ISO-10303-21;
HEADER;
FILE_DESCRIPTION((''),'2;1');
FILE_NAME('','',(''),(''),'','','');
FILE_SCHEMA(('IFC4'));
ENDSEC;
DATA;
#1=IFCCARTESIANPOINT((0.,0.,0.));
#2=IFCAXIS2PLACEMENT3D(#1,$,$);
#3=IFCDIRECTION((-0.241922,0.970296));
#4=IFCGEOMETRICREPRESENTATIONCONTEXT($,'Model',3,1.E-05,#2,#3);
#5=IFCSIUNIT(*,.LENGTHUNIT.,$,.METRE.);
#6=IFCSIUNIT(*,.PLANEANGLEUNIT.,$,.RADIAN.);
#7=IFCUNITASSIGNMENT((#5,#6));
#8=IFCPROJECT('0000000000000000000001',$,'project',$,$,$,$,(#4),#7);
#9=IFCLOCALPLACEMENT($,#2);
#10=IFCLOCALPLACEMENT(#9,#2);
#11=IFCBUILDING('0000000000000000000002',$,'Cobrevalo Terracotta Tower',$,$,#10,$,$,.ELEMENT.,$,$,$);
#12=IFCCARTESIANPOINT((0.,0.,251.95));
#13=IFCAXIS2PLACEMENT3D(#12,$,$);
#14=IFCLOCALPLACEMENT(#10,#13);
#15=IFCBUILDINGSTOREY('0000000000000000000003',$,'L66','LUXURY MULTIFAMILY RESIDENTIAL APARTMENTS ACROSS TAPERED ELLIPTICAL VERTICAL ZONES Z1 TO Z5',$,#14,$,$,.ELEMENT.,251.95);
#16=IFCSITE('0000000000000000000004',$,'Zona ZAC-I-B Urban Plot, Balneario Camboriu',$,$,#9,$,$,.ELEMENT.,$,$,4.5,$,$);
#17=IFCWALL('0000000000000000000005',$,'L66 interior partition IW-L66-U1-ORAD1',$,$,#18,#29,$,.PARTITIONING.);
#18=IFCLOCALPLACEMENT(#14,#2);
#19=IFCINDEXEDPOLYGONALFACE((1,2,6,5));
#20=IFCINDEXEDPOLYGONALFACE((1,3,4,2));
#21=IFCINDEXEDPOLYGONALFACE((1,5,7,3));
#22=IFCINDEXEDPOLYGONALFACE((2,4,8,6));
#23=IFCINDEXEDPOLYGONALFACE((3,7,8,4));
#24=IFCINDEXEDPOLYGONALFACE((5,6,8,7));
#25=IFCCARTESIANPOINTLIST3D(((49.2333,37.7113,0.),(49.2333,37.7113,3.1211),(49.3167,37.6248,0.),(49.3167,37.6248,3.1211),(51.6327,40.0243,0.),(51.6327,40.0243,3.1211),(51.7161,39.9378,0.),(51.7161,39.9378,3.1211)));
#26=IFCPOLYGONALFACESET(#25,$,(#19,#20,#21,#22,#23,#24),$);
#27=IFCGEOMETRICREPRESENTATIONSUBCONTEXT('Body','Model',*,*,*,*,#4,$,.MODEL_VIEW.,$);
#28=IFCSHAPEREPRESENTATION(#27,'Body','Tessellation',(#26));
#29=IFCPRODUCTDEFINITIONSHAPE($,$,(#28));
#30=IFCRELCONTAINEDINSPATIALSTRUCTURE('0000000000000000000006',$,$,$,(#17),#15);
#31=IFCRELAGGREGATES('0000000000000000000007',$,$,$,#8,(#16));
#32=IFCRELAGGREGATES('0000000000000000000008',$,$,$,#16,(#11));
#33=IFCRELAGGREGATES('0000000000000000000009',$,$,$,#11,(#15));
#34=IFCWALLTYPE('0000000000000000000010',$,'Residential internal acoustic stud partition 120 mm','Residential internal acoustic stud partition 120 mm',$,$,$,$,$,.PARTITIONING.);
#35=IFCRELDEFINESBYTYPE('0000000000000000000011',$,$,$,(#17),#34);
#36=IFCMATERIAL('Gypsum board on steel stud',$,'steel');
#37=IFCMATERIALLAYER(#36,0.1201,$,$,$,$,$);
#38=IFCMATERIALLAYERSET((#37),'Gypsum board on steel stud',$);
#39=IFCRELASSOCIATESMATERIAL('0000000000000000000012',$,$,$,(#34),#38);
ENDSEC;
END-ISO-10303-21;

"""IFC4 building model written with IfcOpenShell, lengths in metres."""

from ifc_helpers import new_model, si_unit, direction, frame, frame_2d, origin, place, context, subcontext, project, spatial, rectangle, extrude, material, layer, layer_set, type_object, element, save


model = new_model("IFC4")

# Units and contexts
model_context = context("Model", 3, precision=1e-05, world=origin(), true_north=direction((-0.241922, 0.970296)))
body_context = subcontext(model_context, "Body", "Model", "MODEL_VIEW")
ifc_project = project(units=[si_unit("LENGTHUNIT", "METRE"), si_unit("PLANEANGLEUNIT", "RADIAN")], contexts=[model_context])

# Site, building, storey
site_placement = place(None, origin())
site = spatial("IfcSite", under=ifc_project, at=site_placement, Name="Zona ZAC-I-B Urban Plot, Balneario Camboriu", CompositionType="ELEMENT", RefElevation=4.5)
building_placement = place(site_placement, origin())
building = spatial("IfcBuilding", under=site, at=building_placement, Name="Cobrevalo Terracotta Tower", CompositionType="ELEMENT")
storey_placement = place(building_placement, frame((0.0, 0.0, 251.95)))
storey = spatial("IfcBuildingStorey", under=building, at=storey_placement, Name="L66", Description="LUXURY MULTIFAMILY RESIDENTIAL APARTMENTS ACROSS TAPERED ELLIPTICAL VERTICAL ZONES Z1 TO Z5", CompositionType="ELEMENT", Elevation=251.95)

# Wall
ifc_material_1 = material(Name="Gypsum board on steel stud", Category="steel")
ifc_layer_1 = layer(ifc_material_1, 0.1201)
ifc_layer_set_1 = layer_set([ifc_layer_1], Name="Gypsum board on steel stud")
wall_type = type_object("IfcWallType", Name="Residential internal acoustic stud partition 120 mm", Description="Residential internal acoustic stud partition 120 mm", PredefinedType="PARTITIONING", material=ifc_layer_set_1)
wall_1_placement = place(storey_placement, frame((49.2749, 37.668, 0.0), z_axis=(0.0, 0.0, 1.0), x_axis=(0.719954, 0.694022, 0.0)))
element("IfcWall", 1, at=wall_1_placement, inside=storey, type_object=wall_type, Name="L66 interior partition IW-L66-U1-ORAD1", PredefinedType="PARTITIONING", context=body_context, shape_type="SweptSolid", body=[
    extrude(rectangle(XDim=3.3328, YDim=0.1201, at=frame_2d((1.6665, 0.0))), origin(), (0.0, 0.0, 1.0), 3.1211),
])

save(model, "model.ifc")
